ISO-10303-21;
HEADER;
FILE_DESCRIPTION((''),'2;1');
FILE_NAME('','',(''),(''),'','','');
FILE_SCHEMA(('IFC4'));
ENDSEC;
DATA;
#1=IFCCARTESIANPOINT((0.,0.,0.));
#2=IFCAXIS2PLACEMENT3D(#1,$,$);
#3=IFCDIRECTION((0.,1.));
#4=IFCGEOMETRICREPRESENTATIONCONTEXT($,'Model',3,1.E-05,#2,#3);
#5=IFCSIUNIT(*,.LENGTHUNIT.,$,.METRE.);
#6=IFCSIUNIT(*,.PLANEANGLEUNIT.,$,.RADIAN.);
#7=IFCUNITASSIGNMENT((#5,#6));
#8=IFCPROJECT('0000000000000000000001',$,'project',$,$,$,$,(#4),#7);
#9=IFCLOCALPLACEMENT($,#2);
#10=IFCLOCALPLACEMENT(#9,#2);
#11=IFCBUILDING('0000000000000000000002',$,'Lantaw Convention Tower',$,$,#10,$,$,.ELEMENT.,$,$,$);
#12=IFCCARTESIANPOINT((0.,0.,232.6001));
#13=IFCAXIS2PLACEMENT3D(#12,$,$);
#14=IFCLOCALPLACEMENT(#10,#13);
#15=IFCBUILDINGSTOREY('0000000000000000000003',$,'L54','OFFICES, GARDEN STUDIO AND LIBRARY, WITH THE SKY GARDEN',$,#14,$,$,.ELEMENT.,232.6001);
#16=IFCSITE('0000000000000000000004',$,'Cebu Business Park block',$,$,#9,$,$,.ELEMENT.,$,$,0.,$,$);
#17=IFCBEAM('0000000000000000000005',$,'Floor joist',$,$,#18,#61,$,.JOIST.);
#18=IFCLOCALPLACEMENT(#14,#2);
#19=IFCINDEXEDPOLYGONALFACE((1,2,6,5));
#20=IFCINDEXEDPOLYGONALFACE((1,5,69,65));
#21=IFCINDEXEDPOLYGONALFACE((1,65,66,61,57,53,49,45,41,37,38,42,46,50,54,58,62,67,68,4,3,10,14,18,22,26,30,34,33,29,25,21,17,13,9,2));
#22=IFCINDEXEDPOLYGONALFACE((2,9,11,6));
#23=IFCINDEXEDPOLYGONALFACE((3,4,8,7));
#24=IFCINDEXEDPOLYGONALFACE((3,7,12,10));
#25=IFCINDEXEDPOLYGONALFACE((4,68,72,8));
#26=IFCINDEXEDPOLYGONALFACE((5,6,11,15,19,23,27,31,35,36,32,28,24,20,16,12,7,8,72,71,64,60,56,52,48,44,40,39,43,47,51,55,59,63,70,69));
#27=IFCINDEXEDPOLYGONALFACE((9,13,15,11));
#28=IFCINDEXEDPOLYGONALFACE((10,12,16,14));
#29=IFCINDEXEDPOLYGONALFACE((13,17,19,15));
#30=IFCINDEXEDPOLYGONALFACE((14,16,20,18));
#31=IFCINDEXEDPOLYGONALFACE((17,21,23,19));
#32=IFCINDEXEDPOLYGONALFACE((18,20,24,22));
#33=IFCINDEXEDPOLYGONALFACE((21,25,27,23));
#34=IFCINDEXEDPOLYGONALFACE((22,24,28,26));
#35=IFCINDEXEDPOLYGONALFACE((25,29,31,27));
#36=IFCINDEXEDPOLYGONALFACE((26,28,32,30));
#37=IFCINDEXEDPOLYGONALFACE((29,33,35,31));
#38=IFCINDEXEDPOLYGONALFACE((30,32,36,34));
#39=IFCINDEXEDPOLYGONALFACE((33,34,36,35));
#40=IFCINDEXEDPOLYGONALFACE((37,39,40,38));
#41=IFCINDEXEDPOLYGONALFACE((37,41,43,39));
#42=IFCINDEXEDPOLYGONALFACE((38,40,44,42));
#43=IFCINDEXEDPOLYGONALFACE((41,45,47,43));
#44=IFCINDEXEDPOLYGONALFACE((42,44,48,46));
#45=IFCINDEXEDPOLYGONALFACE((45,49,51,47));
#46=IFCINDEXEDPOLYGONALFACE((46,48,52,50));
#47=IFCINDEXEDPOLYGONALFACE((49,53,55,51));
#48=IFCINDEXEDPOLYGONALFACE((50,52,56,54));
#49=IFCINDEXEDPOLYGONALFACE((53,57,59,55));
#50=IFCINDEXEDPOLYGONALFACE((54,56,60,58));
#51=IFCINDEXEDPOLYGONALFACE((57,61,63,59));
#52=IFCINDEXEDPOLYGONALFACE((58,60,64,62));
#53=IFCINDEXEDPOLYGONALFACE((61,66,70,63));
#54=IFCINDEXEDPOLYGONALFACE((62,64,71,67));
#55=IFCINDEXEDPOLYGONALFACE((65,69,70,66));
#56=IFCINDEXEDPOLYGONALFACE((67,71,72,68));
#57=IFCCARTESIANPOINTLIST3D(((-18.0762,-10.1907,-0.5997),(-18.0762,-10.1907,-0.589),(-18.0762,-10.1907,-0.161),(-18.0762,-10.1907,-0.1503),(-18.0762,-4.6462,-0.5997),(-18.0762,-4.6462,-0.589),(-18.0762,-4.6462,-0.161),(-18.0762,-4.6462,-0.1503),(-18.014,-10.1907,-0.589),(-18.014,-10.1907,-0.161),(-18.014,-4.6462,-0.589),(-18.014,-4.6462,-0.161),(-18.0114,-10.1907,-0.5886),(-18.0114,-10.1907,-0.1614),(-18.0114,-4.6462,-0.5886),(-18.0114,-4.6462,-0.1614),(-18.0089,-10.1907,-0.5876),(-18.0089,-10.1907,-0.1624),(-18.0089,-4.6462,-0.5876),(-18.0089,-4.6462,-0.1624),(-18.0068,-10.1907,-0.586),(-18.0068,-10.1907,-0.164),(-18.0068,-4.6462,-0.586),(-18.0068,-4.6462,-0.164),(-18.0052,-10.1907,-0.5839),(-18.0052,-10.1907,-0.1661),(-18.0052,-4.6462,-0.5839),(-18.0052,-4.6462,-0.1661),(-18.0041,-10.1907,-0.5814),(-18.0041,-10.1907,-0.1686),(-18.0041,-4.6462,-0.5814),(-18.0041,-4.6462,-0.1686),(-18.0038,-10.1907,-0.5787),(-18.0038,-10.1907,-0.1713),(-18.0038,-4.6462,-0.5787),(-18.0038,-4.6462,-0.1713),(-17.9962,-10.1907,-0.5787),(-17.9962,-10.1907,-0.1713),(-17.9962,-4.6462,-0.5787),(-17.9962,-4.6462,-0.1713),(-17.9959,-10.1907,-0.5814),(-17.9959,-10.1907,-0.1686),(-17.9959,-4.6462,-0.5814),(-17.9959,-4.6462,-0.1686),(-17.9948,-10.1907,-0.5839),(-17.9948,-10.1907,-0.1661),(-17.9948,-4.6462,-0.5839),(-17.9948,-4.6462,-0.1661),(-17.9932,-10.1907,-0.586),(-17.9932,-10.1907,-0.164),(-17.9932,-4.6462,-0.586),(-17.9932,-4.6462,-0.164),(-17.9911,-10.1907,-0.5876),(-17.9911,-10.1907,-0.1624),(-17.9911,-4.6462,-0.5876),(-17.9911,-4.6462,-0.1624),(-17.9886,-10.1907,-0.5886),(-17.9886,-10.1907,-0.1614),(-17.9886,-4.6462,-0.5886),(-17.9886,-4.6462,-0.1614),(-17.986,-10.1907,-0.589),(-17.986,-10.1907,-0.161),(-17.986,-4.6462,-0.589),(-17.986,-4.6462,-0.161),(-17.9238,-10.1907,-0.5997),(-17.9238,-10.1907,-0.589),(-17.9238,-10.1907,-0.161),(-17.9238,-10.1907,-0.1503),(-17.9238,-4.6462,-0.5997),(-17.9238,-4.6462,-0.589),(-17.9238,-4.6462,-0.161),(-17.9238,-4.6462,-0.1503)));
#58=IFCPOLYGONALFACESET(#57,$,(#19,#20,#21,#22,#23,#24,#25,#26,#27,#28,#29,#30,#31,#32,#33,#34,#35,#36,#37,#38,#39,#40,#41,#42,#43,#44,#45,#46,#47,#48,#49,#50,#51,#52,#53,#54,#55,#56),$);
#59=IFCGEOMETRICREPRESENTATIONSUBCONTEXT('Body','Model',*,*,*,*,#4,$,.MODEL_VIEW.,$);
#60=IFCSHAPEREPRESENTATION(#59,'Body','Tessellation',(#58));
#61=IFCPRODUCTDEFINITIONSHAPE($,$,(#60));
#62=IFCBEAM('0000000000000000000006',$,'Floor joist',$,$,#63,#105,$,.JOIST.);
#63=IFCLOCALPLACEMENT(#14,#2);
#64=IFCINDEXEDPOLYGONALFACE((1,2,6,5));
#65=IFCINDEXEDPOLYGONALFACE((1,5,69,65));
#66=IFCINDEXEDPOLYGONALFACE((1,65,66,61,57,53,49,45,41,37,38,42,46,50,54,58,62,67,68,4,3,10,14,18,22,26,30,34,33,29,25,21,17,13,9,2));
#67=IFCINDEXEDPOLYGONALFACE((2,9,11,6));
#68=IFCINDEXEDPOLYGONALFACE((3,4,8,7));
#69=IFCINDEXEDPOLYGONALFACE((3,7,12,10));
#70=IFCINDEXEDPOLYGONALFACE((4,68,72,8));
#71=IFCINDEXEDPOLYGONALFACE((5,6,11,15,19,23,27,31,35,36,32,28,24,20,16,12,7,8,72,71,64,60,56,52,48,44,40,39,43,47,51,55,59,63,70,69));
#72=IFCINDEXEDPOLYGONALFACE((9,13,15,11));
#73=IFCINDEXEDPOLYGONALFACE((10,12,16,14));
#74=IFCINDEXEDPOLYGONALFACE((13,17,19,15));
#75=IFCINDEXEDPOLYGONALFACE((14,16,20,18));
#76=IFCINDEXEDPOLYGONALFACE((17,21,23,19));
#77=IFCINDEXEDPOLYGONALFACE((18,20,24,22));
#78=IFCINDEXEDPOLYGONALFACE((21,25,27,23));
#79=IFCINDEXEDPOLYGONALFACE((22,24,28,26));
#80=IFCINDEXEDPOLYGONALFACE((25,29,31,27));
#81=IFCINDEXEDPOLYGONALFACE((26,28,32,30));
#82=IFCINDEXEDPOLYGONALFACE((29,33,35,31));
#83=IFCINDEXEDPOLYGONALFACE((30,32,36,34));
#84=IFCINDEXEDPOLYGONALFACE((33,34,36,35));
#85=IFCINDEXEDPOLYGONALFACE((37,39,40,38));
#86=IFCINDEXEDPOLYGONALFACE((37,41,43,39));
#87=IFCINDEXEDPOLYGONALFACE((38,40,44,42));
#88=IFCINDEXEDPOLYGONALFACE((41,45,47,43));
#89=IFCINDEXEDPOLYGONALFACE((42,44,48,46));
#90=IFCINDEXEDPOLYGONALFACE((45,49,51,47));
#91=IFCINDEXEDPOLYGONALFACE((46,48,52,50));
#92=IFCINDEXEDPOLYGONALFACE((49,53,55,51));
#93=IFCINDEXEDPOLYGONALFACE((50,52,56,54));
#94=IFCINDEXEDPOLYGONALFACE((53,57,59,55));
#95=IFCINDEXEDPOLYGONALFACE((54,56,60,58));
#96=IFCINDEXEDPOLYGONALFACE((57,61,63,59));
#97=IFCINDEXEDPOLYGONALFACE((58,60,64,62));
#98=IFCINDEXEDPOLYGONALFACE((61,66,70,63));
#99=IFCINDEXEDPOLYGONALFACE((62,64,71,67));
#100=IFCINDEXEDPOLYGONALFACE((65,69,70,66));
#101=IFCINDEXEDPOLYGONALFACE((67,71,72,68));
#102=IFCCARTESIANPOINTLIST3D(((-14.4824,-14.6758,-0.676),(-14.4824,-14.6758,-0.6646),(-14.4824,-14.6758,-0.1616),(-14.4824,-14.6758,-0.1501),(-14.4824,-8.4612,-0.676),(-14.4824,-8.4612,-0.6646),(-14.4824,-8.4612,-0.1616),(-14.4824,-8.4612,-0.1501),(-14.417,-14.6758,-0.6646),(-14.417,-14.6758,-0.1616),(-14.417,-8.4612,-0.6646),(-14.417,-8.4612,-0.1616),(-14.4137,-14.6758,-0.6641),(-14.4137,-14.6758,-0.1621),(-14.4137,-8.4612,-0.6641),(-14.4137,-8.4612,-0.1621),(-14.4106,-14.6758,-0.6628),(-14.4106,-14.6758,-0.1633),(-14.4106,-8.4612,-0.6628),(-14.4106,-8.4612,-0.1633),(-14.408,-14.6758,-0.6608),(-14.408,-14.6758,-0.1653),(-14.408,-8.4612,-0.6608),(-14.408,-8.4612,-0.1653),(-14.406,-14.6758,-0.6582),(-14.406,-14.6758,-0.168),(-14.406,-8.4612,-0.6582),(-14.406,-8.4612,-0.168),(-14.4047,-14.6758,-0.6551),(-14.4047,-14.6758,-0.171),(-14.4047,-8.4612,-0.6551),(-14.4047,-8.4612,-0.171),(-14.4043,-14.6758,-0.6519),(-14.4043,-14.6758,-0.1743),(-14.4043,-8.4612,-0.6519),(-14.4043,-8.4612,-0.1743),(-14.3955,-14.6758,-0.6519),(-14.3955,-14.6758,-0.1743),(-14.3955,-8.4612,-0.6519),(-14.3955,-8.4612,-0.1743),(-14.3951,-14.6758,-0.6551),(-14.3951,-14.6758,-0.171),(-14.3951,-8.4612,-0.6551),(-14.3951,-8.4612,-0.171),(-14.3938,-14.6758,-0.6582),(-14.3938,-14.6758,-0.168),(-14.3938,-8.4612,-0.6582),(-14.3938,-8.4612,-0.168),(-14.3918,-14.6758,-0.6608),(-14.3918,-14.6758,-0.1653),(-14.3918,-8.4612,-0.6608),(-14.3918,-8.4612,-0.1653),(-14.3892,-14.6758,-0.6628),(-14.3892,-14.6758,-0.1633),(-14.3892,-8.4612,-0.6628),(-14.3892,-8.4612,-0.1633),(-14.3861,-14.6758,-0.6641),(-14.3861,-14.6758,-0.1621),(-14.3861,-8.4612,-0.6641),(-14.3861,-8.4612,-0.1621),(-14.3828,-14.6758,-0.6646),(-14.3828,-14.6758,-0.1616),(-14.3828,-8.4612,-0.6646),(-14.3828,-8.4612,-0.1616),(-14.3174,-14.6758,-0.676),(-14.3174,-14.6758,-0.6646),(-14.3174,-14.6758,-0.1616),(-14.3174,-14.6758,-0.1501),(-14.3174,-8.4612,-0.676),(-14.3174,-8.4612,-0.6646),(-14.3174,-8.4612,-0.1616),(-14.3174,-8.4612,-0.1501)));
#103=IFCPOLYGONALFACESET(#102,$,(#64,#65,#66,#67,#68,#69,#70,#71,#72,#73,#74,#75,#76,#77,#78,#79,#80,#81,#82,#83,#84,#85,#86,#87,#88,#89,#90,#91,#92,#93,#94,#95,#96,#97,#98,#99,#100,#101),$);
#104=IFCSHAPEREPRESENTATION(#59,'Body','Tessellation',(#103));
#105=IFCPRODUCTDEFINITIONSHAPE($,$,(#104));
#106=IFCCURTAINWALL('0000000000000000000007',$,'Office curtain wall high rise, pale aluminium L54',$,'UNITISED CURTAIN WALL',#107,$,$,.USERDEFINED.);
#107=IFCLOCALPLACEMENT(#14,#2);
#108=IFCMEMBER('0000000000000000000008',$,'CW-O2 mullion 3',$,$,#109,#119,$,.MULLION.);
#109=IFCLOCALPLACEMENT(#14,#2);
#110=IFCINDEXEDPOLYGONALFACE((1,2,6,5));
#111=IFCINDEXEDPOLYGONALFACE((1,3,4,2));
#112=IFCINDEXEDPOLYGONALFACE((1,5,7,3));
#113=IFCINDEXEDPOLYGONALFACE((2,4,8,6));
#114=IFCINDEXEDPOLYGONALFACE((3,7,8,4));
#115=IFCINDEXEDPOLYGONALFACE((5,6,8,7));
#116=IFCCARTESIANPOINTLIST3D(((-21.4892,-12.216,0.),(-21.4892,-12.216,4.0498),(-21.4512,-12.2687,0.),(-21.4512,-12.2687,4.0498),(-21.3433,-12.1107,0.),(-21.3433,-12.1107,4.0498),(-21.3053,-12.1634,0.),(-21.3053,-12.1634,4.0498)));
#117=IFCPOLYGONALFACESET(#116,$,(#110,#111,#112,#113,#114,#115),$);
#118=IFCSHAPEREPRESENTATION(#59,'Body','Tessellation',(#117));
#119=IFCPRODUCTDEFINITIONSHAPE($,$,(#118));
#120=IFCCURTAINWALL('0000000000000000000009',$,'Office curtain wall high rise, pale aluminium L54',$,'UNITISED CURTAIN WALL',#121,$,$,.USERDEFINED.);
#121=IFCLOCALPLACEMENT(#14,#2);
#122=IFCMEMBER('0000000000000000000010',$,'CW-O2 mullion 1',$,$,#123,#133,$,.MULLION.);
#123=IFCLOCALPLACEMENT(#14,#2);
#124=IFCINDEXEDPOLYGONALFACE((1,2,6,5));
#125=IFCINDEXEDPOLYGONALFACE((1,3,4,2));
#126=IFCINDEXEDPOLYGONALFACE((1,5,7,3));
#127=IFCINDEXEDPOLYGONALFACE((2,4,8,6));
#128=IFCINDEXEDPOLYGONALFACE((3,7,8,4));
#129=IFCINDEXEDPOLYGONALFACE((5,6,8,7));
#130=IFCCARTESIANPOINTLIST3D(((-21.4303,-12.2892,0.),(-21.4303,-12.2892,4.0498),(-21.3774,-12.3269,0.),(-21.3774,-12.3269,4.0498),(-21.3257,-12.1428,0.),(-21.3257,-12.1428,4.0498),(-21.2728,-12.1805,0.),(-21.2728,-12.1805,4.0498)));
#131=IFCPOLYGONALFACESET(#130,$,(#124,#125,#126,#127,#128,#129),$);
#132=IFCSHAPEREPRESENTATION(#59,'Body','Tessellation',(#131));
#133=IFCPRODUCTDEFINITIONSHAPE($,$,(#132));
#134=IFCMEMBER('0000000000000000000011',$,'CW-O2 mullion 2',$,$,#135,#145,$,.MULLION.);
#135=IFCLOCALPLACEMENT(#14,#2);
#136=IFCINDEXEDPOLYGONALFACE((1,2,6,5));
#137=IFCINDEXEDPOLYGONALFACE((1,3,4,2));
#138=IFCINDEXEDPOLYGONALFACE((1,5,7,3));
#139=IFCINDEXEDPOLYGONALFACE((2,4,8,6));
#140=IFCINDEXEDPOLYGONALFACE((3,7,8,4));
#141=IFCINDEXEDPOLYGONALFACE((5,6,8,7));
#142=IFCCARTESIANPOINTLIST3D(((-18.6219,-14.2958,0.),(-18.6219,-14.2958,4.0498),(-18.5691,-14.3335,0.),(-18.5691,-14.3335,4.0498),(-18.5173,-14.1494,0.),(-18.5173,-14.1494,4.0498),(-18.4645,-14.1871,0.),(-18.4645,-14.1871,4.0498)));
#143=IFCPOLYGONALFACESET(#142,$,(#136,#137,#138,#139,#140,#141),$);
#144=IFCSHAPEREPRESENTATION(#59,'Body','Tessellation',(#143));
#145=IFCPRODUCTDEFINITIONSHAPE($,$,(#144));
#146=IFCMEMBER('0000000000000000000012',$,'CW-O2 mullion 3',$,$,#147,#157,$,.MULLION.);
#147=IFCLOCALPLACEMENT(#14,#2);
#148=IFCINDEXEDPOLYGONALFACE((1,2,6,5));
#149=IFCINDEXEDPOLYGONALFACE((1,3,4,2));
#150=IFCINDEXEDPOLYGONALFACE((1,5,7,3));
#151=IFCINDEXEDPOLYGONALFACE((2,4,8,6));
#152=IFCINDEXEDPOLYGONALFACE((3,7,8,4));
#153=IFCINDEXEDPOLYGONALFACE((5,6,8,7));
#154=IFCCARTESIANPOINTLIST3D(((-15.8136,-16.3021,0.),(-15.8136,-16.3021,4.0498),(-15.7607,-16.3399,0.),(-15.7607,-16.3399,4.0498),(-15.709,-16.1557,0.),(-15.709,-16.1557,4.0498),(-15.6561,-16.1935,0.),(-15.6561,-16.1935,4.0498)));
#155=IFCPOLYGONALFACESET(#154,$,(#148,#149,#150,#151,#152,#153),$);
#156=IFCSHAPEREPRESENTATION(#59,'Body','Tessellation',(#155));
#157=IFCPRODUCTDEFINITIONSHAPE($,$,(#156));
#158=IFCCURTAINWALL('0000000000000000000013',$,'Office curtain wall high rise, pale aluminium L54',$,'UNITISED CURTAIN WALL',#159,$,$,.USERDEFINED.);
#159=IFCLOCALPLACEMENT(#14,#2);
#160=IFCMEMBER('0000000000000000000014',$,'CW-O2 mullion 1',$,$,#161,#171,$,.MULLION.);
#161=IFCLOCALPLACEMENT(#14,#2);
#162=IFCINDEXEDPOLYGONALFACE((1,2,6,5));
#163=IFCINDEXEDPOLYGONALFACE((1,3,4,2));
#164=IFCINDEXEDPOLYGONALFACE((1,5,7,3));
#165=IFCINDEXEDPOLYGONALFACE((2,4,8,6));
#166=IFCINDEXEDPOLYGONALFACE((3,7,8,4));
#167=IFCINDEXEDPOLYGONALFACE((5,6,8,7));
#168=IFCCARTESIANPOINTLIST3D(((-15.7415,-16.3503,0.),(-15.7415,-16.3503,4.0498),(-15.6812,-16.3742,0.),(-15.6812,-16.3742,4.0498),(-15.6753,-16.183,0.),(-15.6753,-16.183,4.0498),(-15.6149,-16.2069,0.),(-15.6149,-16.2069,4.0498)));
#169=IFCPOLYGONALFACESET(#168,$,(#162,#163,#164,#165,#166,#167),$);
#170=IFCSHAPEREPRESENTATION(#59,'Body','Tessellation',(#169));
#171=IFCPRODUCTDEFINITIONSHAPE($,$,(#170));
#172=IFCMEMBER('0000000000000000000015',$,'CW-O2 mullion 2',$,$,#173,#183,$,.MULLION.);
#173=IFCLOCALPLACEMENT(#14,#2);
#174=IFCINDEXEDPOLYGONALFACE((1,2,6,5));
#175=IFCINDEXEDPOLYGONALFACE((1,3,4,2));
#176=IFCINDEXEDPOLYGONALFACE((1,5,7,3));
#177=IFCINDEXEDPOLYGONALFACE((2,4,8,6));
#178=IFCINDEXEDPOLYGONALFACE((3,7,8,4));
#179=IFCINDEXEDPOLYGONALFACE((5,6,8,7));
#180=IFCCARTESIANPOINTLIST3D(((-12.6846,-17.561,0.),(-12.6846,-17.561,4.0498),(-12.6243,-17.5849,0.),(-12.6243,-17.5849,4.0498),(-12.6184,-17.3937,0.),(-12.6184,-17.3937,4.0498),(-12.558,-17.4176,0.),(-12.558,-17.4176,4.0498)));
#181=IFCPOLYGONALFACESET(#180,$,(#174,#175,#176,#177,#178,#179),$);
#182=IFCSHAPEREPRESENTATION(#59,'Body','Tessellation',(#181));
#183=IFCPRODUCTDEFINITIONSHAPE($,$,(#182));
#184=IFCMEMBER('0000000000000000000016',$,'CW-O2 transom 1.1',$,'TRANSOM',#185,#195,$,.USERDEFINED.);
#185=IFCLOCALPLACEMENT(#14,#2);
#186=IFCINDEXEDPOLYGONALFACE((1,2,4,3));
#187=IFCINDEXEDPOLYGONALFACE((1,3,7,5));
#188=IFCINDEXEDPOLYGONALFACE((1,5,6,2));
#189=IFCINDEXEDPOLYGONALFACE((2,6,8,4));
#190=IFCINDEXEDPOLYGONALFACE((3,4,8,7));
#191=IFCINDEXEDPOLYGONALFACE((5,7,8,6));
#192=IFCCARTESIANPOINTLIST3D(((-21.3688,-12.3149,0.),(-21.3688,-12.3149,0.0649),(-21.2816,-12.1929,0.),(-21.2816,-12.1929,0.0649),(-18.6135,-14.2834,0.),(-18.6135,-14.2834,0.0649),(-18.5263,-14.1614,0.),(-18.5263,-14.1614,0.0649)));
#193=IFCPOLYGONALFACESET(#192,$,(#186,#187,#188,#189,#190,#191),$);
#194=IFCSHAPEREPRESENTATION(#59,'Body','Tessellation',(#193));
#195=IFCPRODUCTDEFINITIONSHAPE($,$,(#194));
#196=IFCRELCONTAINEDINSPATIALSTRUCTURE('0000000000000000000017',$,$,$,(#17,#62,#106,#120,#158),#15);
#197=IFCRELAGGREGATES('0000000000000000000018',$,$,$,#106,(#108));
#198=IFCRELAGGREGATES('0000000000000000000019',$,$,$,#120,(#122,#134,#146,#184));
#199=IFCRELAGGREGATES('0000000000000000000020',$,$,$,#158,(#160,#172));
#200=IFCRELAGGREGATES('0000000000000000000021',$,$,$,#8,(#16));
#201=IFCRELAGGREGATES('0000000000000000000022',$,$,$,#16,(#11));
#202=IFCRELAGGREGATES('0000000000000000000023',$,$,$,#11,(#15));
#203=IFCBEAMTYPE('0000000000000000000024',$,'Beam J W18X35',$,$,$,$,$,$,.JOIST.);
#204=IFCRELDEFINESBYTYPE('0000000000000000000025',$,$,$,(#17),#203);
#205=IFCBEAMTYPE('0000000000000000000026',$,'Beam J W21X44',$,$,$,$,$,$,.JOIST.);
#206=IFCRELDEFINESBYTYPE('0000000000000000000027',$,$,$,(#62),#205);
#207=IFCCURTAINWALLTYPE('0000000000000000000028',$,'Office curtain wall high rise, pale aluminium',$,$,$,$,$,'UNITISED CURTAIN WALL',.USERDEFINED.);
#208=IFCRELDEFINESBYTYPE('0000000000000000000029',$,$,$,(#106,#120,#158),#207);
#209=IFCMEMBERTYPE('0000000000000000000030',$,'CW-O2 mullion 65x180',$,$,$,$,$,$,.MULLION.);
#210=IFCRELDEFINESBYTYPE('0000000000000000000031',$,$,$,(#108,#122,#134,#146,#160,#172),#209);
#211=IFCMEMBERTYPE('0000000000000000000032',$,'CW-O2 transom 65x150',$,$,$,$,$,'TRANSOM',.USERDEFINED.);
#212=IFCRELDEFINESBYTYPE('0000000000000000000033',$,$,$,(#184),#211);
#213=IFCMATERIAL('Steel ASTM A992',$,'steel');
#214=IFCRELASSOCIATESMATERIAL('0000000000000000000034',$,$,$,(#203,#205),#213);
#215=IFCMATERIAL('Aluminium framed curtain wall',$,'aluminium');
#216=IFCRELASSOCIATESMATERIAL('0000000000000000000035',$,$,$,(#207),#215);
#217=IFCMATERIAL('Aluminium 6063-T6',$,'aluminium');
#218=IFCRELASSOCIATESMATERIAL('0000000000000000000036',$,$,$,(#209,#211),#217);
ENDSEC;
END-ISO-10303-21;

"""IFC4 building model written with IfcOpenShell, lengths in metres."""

from ifc_helpers import new_model, si_unit, direction, frame, origin, origin_2d, place, context, subcontext, project, spatial, rectangle, i_section, extrude, material, material_profile, profile_set, type_object, element, aggregate, save


model = new_model("IFC4")

# Units and contexts
model_context = context("Model", 3, precision=1e-05, world=origin(), true_north=direction((0.0, 1.0)))
body_context = subcontext(model_context, "Body", "Model", "MODEL_VIEW")
ifc_project = project(units=[si_unit("LENGTHUNIT", "METRE"), si_unit("PLANEANGLEUNIT", "RADIAN")], contexts=[model_context])

# Site, building, storey
site_placement = place(None, origin())
site = spatial("IfcSite", under=ifc_project, at=site_placement, Name="Cebu Business Park block", CompositionType="ELEMENT", RefElevation=0.0)
building_placement = place(site_placement, origin())
building = spatial("IfcBuilding", under=site, at=building_placement, Name="Lantaw Convention Tower", CompositionType="ELEMENT")
storey_placement = place(building_placement, frame((0.0, 0.0, 232.6001)))
storey = spatial("IfcBuildingStorey", under=building, at=storey_placement, Name="L54", Description="OFFICES, GARDEN STUDIO AND LIBRARY, WITH THE SKY GARDEN", CompositionType="ELEMENT", Elevation=232.6001)

# Beams
ifc_material_1 = material(Name="Steel ASTM A992", Category="steel")
ifc_material_profile_1 = material_profile(ifc_material_1, i_section(OverallWidth=0.1523, OverallDepth=0.4495, WebThickness=0.0076, FlangeThickness=0.0107, FilletRadius=0.0103, at=origin_2d()), Name="W18X35")
ifc_profile_set_1 = profile_set([ifc_material_profile_1], Name="Steel ASTM A992")
beam_type_1 = type_object("IfcBeamType", Name="Beam J W18X35", PredefinedType="JOIST", material=ifc_profile_set_1)
beam_1_placement = place(storey_placement, frame((-18.0, -10.1907, -0.375), z_axis=(0.0, 1.0, 0.0), x_axis=(-1.0, 0.0, 0.0)))
element("IfcBeam", 1, at=beam_1_placement, inside=storey, type_object=beam_type_1, Name="Floor joist", PredefinedType="JOIST", context=body_context, shape_type="SweptSolid", body=[
    extrude(i_section(OverallWidth=0.1523, OverallDepth=0.4495, WebThickness=0.0076, FlangeThickness=0.0107, FilletRadius=0.0103, at=origin_2d()), origin(), (0.0, 0.0, 1.0), 5.5444),
])
ifc_material_profile_2 = material_profile(ifc_material_1, i_section(OverallWidth=0.165, OverallDepth=0.5259, WebThickness=0.0088, FlangeThickness=0.0115, FilletRadius=0.0127, at=origin_2d()), Name="W21X44")
ifc_profile_set_2 = profile_set([ifc_material_profile_2], Name="Steel ASTM A992")
beam_type_2 = type_object("IfcBeamType", Name="Beam J W21X44", PredefinedType="JOIST", material=ifc_profile_set_2)
beam_2_placement = place(storey_placement, frame((-14.3999, -14.6758, -0.4131), z_axis=(0.0, 1.0, 0.0), x_axis=(-1.0, 0.0, 0.0)))
element("IfcBeam", 2, at=beam_2_placement, inside=storey, type_object=beam_type_2, Name="Floor joist", PredefinedType="JOIST", context=body_context, shape_type="SweptSolid", body=[
    extrude(i_section(OverallWidth=0.165, OverallDepth=0.5259, WebThickness=0.0088, FlangeThickness=0.0115, FilletRadius=0.0127, at=origin_2d()), origin(), (0.0, 0.0, 1.0), 6.2146),
])

# Curtain wall, member
ifc_material_2 = material(Name="Aluminium framed curtain wall", Category="aluminium")
curtain_wall_type = type_object("IfcCurtainWallType", Name="Office curtain wall high rise, pale aluminium", ElementType="UNITISED CURTAIN WALL", PredefinedType="USERDEFINED", material=ifc_material_2)
curtain_wall_1_placement = place(storey_placement, origin())
curtain_wall_1 = element("IfcCurtainWall", 3, at=curtain_wall_1_placement, inside=storey, type_object=curtain_wall_type, Name="Office curtain wall high rise, pale aluminium L54", ObjectType="UNITISED CURTAIN WALL", PredefinedType="USERDEFINED")
ifc_material_3 = material(Name="Aluminium 6063-T6", Category="aluminium")
ifc_material_profile_3 = material_profile(ifc_material_3, rectangle(XDim=0.1799, YDim=0.0649, at=origin_2d()), Name="CW-O2 mullion 65x180")
ifc_profile_set_3 = profile_set([ifc_material_profile_3], Name="Aluminium 6063-T6")
member_type_1 = type_object("IfcMemberType", Name="CW-O2 mullion 65x180", PredefinedType="MULLION", material=ifc_profile_set_3)
member_1_placement = place(storey_placement, frame((-21.3972, -12.1897, 0.0), z_axis=(0.0, 0.0, 1.0), x_axis=(0.81092, 0.585158, 0.0)))
member_1 = element("IfcMember", 4, at=member_1_placement, type_object=member_type_1, Name="CW-O2 mullion 3", PredefinedType="MULLION", context=body_context, shape_type="SweptSolid", body=[
    extrude(rectangle(XDim=0.1799, YDim=0.0649, at=origin_2d()), origin(), (0.0, 0.0, 1.0), 4.0498),
])

# Curtain walls, members
curtain_wall_2_placement = place(storey_placement, origin())
curtain_wall_2 = element("IfcCurtainWall", 5, at=curtain_wall_2_placement, inside=storey, type_object=curtain_wall_type, Name="Office curtain wall high rise, pale aluminium L54", ObjectType="UNITISED CURTAIN WALL", PredefinedType="USERDEFINED")
member_2_placement = place(storey_placement, frame((-21.3516, -12.2349, 0.0), z_axis=(0.0, 0.0, 1.0), x_axis=(0.581323, 0.813673, 0.0)))
member_2 = element("IfcMember", 6, at=member_2_placement, type_object=member_type_1, Name="CW-O2 mullion 1", PredefinedType="MULLION", context=body_context, shape_type="SweptSolid", body=[
    extrude(rectangle(XDim=0.1799, YDim=0.0649, at=origin_2d()), origin(), (0.0, 0.0, 1.0), 4.0498),
])
member_3_placement = place(storey_placement, frame((-18.5432, -14.2415, 0.0), z_axis=(0.0, 0.0, 1.0), x_axis=(0.581323, 0.813673, 0.0)))
member_3 = element("IfcMember", 7, at=member_3_placement, type_object=member_type_1, Name="CW-O2 mullion 2", PredefinedType="MULLION", context=body_context, shape_type="SweptSolid", body=[
    extrude(rectangle(XDim=0.1799, YDim=0.0649, at=origin_2d()), origin(), (0.0, 0.0, 1.0), 4.0498),
])
member_4_placement = place(storey_placement, frame((-15.7349, -16.2478, 0.0), z_axis=(0.0, 0.0, 1.0), x_axis=(0.581323, 0.813673, 0.0)))
member_4 = element("IfcMember", 8, at=member_4_placement, type_object=member_type_1, Name="CW-O2 mullion 3", PredefinedType="MULLION", context=body_context, shape_type="SweptSolid", body=[
    extrude(rectangle(XDim=0.1799, YDim=0.0649, at=origin_2d()), origin(), (0.0, 0.0, 1.0), 4.0498),
])
curtain_wall_3_placement = place(storey_placement, origin())
curtain_wall_3 = element("IfcCurtainWall", 9, at=curtain_wall_3_placement, inside=storey, type_object=curtain_wall_type, Name="Office curtain wall high rise, pale aluminium L54", ObjectType="UNITISED CURTAIN WALL", PredefinedType="USERDEFINED")
member_5_placement = place(storey_placement, frame((-15.6782, -16.2786, 0.0), z_axis=(0.0, 0.0, 1.0), x_axis=(0.368162, 0.929762, 0.0)))
member_5 = element("IfcMember", 10, at=member_5_placement, type_object=member_type_1, Name="CW-O2 mullion 1", PredefinedType="MULLION", context=body_context, shape_type="SweptSolid", body=[
    extrude(rectangle(XDim=0.1799, YDim=0.0649, at=origin_2d()), origin(), (0.0, 0.0, 1.0), 4.0498),
])
member_6_placement = place(storey_placement, frame((-12.6213, -17.4893, 0.0), z_axis=(0.0, 0.0, 1.0), x_axis=(0.368162, 0.929762, 0.0)))
member_6 = element("IfcMember", 11, at=member_6_placement, type_object=member_type_1, Name="CW-O2 mullion 2", PredefinedType="MULLION", context=body_context, shape_type="SweptSolid", body=[
    extrude(rectangle(XDim=0.1799, YDim=0.0649, at=origin_2d()), origin(), (0.0, 0.0, 1.0), 4.0498),
])

# Member
ifc_material_profile_4 = material_profile(ifc_material_3, rectangle(XDim=0.1499, YDim=0.0649, at=origin_2d()), Name="CW-O2 transom 65x150")
ifc_profile_set_4 = profile_set([ifc_material_profile_4], Name="Aluminium 6063-T6")
member_type_2 = type_object("IfcMemberType", Name="CW-O2 transom 65x150", ElementType="TRANSOM", PredefinedType="USERDEFINED", material=ifc_profile_set_4)
member_7_placement = place(storey_placement, frame((-21.3252, -12.2539, 0.0325), z_axis=(0.81368, -0.581313, 0.0), x_axis=(0.581313, 0.81368, 0.0)))
member_7 = element("IfcMember", 12, at=member_7_placement, type_object=member_type_2, Name="CW-O2 transom 1.1", ObjectType="TRANSOM", PredefinedType="USERDEFINED", context=body_context, shape_type="SweptSolid", body=[
    extrude(rectangle(XDim=0.1499, YDim=0.0649, at=origin_2d()), origin(), (0.0, 0.0, 1.0), 3.3862),
])

aggregate(curtain_wall_1, [member_1])
aggregate(curtain_wall_2, [member_2, member_3, member_4, member_7])
aggregate(curtain_wall_3, [member_5, member_6])

save(model, "model.ifc")
